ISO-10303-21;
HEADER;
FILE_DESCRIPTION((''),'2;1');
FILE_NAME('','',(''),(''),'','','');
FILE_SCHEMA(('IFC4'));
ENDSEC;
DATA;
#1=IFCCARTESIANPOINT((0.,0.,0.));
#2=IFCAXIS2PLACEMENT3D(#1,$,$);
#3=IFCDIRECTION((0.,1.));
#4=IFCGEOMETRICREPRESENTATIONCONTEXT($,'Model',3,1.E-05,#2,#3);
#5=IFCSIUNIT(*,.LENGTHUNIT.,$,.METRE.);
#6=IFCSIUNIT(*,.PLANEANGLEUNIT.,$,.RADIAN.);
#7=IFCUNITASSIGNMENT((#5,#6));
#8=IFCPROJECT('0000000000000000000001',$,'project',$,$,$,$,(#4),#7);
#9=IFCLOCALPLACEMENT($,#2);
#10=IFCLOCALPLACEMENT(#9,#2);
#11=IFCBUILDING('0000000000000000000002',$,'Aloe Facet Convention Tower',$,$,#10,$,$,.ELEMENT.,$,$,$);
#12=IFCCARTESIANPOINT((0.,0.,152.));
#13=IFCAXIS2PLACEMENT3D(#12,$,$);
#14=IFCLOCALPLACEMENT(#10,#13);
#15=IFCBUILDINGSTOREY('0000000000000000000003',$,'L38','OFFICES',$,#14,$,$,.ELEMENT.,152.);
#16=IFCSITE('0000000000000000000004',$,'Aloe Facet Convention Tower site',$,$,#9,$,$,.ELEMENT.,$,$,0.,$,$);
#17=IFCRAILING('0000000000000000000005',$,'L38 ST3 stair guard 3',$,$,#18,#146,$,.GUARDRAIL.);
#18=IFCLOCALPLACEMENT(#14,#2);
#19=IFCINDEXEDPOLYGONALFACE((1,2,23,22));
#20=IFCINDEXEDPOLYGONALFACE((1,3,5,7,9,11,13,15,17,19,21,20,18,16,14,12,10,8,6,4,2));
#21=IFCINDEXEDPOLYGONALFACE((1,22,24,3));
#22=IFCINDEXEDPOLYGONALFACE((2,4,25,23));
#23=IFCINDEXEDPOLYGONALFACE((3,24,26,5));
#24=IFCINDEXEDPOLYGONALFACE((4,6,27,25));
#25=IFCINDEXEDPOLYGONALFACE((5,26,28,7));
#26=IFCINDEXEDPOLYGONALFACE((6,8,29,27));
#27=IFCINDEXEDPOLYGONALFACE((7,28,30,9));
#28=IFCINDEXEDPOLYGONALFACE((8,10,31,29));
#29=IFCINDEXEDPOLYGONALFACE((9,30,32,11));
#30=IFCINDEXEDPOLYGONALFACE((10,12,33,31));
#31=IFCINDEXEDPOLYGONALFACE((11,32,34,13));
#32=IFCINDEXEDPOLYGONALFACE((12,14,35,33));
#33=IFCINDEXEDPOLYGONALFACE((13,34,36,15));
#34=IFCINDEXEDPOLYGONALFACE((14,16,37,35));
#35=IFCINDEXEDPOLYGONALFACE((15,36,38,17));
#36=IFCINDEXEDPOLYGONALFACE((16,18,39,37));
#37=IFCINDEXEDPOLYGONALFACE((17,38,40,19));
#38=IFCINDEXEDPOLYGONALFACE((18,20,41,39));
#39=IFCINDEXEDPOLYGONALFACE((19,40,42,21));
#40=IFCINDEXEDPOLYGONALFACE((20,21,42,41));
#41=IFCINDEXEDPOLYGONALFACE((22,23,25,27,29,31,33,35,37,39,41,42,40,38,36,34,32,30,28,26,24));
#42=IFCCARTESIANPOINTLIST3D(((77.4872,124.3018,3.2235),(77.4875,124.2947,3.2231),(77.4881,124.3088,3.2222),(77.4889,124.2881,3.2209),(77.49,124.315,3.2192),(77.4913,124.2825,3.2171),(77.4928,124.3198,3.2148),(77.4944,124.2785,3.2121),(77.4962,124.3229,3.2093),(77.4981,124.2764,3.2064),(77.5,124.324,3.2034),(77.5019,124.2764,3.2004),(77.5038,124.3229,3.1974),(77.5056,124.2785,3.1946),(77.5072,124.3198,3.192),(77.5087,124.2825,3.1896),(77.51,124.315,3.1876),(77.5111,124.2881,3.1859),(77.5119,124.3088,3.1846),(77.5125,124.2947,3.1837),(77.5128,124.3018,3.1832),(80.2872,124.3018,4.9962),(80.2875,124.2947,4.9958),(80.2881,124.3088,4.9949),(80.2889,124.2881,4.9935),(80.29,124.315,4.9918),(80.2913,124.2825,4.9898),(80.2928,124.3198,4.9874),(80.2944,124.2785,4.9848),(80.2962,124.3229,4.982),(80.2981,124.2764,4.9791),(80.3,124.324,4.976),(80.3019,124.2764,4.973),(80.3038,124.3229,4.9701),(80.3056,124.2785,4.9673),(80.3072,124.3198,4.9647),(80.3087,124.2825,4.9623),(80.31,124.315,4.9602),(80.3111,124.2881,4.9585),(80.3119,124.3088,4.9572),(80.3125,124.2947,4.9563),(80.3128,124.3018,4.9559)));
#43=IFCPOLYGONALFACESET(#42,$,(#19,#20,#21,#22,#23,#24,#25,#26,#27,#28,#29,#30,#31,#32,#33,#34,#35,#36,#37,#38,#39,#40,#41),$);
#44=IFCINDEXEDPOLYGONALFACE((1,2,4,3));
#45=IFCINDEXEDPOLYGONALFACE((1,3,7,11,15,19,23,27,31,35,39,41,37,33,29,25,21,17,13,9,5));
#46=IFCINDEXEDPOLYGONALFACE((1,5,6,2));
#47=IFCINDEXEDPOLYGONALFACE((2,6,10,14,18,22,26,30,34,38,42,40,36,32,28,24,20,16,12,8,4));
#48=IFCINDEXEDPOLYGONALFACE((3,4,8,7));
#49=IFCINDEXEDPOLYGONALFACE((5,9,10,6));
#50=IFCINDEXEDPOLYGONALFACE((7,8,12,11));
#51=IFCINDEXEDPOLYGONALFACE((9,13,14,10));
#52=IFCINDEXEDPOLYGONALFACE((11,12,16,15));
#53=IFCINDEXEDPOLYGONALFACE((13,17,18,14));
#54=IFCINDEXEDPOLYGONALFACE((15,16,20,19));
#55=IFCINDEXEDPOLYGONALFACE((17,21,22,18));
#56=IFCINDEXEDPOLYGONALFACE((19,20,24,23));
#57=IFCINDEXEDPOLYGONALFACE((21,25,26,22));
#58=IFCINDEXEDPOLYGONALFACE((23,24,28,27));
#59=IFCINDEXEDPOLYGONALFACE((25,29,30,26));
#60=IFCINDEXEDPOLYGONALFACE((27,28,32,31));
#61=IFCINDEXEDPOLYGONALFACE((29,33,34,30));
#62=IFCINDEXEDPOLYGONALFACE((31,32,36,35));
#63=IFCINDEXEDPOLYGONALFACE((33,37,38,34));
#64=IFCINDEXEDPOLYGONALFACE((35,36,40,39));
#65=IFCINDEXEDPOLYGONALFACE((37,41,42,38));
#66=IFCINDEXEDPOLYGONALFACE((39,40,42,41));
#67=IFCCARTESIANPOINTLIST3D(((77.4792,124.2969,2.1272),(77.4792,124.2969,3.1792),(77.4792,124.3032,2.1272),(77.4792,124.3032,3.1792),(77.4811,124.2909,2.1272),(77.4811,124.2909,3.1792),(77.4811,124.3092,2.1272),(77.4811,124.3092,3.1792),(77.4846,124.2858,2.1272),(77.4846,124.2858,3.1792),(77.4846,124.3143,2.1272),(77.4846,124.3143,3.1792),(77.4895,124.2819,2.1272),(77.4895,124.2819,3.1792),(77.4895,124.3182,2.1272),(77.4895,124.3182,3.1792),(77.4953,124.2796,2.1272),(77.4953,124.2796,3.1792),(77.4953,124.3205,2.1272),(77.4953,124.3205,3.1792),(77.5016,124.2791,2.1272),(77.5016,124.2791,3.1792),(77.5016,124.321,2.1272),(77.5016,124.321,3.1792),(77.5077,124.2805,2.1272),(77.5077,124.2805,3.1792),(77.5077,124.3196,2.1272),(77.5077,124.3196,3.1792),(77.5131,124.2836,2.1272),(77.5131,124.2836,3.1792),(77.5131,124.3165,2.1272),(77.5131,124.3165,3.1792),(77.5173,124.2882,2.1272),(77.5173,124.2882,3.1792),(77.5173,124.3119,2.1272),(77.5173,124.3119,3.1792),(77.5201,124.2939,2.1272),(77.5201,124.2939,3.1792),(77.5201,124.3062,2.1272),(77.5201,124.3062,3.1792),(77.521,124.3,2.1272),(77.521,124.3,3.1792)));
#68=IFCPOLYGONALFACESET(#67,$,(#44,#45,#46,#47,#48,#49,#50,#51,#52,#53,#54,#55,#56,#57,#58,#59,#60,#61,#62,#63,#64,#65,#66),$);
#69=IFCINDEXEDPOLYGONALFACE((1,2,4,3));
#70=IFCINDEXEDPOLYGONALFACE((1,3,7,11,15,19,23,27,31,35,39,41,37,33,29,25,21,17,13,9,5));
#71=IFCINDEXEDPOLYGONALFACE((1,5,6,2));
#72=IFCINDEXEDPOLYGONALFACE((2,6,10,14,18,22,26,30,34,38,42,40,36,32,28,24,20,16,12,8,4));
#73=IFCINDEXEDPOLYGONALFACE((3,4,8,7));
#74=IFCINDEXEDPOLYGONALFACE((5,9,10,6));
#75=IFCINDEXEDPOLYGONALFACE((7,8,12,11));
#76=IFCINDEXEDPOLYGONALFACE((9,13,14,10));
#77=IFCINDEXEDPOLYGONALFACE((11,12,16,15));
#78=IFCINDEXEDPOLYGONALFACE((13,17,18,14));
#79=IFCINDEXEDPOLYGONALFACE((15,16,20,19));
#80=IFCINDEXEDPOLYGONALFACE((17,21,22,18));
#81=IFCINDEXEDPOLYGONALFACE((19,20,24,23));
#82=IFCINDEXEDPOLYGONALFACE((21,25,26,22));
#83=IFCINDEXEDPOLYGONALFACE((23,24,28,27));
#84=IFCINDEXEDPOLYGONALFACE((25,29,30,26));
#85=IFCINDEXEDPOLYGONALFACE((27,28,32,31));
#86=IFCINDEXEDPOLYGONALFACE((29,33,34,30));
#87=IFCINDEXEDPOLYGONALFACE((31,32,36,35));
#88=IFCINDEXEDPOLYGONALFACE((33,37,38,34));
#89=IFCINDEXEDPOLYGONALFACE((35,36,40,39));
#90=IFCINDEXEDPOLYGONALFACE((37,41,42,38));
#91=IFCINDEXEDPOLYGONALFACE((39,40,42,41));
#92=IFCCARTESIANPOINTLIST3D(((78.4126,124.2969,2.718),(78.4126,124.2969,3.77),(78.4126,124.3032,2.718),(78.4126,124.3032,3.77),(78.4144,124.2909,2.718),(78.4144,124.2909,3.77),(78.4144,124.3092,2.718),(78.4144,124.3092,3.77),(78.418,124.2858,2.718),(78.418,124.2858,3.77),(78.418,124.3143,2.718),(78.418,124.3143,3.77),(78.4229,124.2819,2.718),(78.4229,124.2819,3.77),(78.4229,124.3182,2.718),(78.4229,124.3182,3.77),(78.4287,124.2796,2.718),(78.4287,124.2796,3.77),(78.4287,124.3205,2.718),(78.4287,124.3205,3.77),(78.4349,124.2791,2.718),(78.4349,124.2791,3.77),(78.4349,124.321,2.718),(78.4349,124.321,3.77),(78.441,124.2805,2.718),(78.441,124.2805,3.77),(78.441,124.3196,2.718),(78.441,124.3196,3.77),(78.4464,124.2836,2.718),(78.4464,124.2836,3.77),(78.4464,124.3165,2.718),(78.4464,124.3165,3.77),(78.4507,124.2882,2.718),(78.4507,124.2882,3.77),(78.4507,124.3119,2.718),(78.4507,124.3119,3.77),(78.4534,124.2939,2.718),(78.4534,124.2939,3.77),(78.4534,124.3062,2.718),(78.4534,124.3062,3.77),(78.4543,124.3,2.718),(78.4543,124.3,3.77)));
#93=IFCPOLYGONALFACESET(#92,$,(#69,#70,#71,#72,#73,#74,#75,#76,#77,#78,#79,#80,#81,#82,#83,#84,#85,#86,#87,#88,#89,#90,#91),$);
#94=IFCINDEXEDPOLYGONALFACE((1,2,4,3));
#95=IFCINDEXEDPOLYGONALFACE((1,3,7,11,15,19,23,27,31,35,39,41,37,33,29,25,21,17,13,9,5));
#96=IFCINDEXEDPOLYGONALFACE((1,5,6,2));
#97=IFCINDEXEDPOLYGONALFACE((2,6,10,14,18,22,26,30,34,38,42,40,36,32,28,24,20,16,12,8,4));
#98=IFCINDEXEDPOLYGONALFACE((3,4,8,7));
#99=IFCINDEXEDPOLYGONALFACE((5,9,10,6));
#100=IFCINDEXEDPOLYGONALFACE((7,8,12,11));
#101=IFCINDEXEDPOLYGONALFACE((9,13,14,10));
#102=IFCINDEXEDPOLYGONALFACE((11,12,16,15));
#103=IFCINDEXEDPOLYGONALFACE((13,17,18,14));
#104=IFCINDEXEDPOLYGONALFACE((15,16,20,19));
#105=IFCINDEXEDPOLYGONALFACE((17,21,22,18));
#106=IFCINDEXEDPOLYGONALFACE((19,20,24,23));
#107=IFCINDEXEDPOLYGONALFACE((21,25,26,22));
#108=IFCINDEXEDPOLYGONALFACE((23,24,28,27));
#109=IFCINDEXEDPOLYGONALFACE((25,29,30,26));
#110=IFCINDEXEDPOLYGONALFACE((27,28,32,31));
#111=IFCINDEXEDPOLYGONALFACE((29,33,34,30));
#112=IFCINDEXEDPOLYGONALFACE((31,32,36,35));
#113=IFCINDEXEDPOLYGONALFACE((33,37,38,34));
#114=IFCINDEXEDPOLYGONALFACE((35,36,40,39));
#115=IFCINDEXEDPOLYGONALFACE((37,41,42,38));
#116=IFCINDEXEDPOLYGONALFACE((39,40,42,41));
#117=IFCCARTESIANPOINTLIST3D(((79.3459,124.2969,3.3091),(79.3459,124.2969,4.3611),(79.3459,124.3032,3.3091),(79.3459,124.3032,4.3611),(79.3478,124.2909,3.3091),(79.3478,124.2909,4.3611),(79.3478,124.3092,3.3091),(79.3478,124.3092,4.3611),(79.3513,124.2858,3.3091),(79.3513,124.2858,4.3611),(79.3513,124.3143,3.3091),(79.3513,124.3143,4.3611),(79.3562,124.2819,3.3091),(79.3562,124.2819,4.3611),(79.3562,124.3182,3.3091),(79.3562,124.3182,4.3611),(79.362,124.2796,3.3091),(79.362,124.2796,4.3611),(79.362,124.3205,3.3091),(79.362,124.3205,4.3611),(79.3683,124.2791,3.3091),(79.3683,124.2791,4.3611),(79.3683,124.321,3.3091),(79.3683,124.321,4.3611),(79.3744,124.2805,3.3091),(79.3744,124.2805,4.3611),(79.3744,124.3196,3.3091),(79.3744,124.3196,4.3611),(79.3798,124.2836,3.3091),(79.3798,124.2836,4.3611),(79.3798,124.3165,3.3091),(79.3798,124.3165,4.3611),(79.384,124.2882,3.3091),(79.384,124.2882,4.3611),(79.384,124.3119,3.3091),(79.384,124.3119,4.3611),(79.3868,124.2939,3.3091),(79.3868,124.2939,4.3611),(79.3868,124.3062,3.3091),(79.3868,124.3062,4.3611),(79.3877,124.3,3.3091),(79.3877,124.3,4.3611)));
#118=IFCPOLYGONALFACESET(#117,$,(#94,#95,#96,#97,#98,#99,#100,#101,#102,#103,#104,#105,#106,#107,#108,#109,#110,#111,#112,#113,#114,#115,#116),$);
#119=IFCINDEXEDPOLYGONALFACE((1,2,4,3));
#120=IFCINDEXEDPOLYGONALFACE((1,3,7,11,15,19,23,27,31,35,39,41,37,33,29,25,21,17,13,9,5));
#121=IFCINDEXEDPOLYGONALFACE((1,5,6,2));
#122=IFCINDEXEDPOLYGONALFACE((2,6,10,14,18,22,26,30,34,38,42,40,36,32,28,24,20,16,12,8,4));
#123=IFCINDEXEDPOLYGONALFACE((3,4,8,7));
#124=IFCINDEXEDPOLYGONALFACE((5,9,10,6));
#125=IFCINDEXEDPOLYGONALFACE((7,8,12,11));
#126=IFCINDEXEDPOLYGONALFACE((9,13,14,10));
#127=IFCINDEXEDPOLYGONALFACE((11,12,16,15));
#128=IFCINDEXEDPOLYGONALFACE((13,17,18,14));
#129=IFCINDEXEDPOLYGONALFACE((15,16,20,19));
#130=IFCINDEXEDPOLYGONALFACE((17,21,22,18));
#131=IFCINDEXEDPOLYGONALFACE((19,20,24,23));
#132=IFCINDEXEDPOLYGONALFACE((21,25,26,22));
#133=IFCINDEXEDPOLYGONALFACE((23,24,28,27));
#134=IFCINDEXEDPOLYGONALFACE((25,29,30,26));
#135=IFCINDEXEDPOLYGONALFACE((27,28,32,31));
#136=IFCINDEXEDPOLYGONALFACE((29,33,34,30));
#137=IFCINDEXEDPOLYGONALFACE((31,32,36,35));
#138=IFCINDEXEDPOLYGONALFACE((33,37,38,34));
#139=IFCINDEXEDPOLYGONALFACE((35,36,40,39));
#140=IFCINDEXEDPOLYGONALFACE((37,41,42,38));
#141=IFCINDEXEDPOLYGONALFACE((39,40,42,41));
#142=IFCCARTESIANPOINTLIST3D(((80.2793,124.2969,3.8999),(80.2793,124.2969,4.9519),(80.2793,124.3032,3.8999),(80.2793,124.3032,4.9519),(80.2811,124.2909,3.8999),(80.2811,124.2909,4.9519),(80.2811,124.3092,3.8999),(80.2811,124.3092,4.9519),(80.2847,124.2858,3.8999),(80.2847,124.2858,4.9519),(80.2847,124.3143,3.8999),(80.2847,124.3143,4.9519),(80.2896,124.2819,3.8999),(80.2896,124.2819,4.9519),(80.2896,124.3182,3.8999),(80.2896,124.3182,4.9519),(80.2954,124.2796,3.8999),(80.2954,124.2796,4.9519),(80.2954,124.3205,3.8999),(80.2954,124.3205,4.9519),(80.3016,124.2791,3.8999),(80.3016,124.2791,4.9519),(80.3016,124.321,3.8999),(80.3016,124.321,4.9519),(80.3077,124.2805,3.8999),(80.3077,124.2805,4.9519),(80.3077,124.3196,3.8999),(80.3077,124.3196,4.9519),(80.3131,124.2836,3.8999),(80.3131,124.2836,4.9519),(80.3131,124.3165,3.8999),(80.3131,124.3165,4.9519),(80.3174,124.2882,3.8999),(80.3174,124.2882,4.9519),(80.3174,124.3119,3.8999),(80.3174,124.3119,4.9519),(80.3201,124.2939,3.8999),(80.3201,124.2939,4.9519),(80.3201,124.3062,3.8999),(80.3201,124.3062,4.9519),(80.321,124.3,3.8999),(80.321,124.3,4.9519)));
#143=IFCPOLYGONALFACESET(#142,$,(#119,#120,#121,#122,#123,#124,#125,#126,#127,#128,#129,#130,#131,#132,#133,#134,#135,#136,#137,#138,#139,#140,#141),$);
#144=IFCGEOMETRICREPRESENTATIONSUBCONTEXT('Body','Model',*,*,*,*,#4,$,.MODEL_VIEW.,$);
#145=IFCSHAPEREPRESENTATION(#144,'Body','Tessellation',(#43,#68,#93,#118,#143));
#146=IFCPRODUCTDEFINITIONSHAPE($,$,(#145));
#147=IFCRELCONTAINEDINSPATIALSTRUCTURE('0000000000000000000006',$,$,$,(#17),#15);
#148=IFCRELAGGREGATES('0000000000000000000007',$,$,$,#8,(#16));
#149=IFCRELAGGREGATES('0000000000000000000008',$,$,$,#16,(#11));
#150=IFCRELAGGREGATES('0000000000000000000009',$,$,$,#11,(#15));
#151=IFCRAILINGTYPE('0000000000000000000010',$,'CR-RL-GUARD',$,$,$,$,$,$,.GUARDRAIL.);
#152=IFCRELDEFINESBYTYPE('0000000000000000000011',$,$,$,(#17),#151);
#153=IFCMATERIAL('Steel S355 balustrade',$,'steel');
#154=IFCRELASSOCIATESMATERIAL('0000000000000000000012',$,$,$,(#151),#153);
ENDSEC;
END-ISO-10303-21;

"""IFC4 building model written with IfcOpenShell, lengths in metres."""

from ifc_helpers import new_model, si_unit, direction, frame, origin, origin_2d, place, context, subcontext, project, spatial, circle, extrude, material, type_object, element, save


model = new_model("IFC4")

# Units and contexts
model_context = context("Model", 3, precision=1e-05, world=origin(), true_north=direction((0.0, 1.0)))
body_context = subcontext(model_context, "Body", "Model", "MODEL_VIEW")
ifc_project = project(units=[si_unit("LENGTHUNIT", "METRE"), si_unit("PLANEANGLEUNIT", "RADIAN")], contexts=[model_context])

# Site, building, storey
site_placement = place(None, origin())
site = spatial("IfcSite", under=ifc_project, at=site_placement, Name="Aloe Facet Convention Tower site", CompositionType="ELEMENT", RefElevation=0.0)
building_placement = place(site_placement, origin())
building = spatial("IfcBuilding", under=site, at=building_placement, Name="Aloe Facet Convention Tower", CompositionType="ELEMENT")
storey_placement = place(building_placement, frame((0.0, 0.0, 152.0)))
storey = spatial("IfcBuildingStorey", under=building, at=storey_placement, Name="L38", Description="OFFICES", CompositionType="ELEMENT", Elevation=152.0)

# Railing
ifc_material_1 = material(Name="Steel S355 balustrade", Category="steel")
railing_type_1 = type_object("IfcRailingType", Name="CR-RL-GUARD", PredefinedType="GUARDRAIL", material=ifc_material_1)
railing_1_placement = place(storey_placement, frame((77.5, 124.3, 2.1272)))
element("IfcRailing", 1, at=railing_1_placement, inside=storey, type_object=railing_type_1, Name="L38 ST3 stair guard 3", PredefinedType="GUARDRAIL", context=body_context, shape_type="SweptSolid", body=[
    extrude(circle(Radius=0.0239, at=origin_2d()), frame((0.0, 0.0, 1.0762), z_axis=(0.844909, 0.0, 0.53491), x_axis=(0.0, 1.0, 0.0)), (0.0, 0.0, 1.0), 3.314),
    extrude(circle(Radius=0.021, at=origin_2d()), origin(), (0.0, 0.0, 1.0), 1.052),
    extrude(circle(Radius=0.021, at=origin_2d()), frame((0.9333, 0.0, 0.5908)), (0.0, 0.0, 1.0), 1.052),
    extrude(circle(Radius=0.021, at=origin_2d()), frame((1.8667, 0.0, 1.1819)), (0.0, 0.0, 1.0), 1.052),
    extrude(circle(Radius=0.021, at=origin_2d()), frame((2.8, 0.0, 1.7727)), (0.0, 0.0, 1.0), 1.052),
])

save(model, "model.ifc")
